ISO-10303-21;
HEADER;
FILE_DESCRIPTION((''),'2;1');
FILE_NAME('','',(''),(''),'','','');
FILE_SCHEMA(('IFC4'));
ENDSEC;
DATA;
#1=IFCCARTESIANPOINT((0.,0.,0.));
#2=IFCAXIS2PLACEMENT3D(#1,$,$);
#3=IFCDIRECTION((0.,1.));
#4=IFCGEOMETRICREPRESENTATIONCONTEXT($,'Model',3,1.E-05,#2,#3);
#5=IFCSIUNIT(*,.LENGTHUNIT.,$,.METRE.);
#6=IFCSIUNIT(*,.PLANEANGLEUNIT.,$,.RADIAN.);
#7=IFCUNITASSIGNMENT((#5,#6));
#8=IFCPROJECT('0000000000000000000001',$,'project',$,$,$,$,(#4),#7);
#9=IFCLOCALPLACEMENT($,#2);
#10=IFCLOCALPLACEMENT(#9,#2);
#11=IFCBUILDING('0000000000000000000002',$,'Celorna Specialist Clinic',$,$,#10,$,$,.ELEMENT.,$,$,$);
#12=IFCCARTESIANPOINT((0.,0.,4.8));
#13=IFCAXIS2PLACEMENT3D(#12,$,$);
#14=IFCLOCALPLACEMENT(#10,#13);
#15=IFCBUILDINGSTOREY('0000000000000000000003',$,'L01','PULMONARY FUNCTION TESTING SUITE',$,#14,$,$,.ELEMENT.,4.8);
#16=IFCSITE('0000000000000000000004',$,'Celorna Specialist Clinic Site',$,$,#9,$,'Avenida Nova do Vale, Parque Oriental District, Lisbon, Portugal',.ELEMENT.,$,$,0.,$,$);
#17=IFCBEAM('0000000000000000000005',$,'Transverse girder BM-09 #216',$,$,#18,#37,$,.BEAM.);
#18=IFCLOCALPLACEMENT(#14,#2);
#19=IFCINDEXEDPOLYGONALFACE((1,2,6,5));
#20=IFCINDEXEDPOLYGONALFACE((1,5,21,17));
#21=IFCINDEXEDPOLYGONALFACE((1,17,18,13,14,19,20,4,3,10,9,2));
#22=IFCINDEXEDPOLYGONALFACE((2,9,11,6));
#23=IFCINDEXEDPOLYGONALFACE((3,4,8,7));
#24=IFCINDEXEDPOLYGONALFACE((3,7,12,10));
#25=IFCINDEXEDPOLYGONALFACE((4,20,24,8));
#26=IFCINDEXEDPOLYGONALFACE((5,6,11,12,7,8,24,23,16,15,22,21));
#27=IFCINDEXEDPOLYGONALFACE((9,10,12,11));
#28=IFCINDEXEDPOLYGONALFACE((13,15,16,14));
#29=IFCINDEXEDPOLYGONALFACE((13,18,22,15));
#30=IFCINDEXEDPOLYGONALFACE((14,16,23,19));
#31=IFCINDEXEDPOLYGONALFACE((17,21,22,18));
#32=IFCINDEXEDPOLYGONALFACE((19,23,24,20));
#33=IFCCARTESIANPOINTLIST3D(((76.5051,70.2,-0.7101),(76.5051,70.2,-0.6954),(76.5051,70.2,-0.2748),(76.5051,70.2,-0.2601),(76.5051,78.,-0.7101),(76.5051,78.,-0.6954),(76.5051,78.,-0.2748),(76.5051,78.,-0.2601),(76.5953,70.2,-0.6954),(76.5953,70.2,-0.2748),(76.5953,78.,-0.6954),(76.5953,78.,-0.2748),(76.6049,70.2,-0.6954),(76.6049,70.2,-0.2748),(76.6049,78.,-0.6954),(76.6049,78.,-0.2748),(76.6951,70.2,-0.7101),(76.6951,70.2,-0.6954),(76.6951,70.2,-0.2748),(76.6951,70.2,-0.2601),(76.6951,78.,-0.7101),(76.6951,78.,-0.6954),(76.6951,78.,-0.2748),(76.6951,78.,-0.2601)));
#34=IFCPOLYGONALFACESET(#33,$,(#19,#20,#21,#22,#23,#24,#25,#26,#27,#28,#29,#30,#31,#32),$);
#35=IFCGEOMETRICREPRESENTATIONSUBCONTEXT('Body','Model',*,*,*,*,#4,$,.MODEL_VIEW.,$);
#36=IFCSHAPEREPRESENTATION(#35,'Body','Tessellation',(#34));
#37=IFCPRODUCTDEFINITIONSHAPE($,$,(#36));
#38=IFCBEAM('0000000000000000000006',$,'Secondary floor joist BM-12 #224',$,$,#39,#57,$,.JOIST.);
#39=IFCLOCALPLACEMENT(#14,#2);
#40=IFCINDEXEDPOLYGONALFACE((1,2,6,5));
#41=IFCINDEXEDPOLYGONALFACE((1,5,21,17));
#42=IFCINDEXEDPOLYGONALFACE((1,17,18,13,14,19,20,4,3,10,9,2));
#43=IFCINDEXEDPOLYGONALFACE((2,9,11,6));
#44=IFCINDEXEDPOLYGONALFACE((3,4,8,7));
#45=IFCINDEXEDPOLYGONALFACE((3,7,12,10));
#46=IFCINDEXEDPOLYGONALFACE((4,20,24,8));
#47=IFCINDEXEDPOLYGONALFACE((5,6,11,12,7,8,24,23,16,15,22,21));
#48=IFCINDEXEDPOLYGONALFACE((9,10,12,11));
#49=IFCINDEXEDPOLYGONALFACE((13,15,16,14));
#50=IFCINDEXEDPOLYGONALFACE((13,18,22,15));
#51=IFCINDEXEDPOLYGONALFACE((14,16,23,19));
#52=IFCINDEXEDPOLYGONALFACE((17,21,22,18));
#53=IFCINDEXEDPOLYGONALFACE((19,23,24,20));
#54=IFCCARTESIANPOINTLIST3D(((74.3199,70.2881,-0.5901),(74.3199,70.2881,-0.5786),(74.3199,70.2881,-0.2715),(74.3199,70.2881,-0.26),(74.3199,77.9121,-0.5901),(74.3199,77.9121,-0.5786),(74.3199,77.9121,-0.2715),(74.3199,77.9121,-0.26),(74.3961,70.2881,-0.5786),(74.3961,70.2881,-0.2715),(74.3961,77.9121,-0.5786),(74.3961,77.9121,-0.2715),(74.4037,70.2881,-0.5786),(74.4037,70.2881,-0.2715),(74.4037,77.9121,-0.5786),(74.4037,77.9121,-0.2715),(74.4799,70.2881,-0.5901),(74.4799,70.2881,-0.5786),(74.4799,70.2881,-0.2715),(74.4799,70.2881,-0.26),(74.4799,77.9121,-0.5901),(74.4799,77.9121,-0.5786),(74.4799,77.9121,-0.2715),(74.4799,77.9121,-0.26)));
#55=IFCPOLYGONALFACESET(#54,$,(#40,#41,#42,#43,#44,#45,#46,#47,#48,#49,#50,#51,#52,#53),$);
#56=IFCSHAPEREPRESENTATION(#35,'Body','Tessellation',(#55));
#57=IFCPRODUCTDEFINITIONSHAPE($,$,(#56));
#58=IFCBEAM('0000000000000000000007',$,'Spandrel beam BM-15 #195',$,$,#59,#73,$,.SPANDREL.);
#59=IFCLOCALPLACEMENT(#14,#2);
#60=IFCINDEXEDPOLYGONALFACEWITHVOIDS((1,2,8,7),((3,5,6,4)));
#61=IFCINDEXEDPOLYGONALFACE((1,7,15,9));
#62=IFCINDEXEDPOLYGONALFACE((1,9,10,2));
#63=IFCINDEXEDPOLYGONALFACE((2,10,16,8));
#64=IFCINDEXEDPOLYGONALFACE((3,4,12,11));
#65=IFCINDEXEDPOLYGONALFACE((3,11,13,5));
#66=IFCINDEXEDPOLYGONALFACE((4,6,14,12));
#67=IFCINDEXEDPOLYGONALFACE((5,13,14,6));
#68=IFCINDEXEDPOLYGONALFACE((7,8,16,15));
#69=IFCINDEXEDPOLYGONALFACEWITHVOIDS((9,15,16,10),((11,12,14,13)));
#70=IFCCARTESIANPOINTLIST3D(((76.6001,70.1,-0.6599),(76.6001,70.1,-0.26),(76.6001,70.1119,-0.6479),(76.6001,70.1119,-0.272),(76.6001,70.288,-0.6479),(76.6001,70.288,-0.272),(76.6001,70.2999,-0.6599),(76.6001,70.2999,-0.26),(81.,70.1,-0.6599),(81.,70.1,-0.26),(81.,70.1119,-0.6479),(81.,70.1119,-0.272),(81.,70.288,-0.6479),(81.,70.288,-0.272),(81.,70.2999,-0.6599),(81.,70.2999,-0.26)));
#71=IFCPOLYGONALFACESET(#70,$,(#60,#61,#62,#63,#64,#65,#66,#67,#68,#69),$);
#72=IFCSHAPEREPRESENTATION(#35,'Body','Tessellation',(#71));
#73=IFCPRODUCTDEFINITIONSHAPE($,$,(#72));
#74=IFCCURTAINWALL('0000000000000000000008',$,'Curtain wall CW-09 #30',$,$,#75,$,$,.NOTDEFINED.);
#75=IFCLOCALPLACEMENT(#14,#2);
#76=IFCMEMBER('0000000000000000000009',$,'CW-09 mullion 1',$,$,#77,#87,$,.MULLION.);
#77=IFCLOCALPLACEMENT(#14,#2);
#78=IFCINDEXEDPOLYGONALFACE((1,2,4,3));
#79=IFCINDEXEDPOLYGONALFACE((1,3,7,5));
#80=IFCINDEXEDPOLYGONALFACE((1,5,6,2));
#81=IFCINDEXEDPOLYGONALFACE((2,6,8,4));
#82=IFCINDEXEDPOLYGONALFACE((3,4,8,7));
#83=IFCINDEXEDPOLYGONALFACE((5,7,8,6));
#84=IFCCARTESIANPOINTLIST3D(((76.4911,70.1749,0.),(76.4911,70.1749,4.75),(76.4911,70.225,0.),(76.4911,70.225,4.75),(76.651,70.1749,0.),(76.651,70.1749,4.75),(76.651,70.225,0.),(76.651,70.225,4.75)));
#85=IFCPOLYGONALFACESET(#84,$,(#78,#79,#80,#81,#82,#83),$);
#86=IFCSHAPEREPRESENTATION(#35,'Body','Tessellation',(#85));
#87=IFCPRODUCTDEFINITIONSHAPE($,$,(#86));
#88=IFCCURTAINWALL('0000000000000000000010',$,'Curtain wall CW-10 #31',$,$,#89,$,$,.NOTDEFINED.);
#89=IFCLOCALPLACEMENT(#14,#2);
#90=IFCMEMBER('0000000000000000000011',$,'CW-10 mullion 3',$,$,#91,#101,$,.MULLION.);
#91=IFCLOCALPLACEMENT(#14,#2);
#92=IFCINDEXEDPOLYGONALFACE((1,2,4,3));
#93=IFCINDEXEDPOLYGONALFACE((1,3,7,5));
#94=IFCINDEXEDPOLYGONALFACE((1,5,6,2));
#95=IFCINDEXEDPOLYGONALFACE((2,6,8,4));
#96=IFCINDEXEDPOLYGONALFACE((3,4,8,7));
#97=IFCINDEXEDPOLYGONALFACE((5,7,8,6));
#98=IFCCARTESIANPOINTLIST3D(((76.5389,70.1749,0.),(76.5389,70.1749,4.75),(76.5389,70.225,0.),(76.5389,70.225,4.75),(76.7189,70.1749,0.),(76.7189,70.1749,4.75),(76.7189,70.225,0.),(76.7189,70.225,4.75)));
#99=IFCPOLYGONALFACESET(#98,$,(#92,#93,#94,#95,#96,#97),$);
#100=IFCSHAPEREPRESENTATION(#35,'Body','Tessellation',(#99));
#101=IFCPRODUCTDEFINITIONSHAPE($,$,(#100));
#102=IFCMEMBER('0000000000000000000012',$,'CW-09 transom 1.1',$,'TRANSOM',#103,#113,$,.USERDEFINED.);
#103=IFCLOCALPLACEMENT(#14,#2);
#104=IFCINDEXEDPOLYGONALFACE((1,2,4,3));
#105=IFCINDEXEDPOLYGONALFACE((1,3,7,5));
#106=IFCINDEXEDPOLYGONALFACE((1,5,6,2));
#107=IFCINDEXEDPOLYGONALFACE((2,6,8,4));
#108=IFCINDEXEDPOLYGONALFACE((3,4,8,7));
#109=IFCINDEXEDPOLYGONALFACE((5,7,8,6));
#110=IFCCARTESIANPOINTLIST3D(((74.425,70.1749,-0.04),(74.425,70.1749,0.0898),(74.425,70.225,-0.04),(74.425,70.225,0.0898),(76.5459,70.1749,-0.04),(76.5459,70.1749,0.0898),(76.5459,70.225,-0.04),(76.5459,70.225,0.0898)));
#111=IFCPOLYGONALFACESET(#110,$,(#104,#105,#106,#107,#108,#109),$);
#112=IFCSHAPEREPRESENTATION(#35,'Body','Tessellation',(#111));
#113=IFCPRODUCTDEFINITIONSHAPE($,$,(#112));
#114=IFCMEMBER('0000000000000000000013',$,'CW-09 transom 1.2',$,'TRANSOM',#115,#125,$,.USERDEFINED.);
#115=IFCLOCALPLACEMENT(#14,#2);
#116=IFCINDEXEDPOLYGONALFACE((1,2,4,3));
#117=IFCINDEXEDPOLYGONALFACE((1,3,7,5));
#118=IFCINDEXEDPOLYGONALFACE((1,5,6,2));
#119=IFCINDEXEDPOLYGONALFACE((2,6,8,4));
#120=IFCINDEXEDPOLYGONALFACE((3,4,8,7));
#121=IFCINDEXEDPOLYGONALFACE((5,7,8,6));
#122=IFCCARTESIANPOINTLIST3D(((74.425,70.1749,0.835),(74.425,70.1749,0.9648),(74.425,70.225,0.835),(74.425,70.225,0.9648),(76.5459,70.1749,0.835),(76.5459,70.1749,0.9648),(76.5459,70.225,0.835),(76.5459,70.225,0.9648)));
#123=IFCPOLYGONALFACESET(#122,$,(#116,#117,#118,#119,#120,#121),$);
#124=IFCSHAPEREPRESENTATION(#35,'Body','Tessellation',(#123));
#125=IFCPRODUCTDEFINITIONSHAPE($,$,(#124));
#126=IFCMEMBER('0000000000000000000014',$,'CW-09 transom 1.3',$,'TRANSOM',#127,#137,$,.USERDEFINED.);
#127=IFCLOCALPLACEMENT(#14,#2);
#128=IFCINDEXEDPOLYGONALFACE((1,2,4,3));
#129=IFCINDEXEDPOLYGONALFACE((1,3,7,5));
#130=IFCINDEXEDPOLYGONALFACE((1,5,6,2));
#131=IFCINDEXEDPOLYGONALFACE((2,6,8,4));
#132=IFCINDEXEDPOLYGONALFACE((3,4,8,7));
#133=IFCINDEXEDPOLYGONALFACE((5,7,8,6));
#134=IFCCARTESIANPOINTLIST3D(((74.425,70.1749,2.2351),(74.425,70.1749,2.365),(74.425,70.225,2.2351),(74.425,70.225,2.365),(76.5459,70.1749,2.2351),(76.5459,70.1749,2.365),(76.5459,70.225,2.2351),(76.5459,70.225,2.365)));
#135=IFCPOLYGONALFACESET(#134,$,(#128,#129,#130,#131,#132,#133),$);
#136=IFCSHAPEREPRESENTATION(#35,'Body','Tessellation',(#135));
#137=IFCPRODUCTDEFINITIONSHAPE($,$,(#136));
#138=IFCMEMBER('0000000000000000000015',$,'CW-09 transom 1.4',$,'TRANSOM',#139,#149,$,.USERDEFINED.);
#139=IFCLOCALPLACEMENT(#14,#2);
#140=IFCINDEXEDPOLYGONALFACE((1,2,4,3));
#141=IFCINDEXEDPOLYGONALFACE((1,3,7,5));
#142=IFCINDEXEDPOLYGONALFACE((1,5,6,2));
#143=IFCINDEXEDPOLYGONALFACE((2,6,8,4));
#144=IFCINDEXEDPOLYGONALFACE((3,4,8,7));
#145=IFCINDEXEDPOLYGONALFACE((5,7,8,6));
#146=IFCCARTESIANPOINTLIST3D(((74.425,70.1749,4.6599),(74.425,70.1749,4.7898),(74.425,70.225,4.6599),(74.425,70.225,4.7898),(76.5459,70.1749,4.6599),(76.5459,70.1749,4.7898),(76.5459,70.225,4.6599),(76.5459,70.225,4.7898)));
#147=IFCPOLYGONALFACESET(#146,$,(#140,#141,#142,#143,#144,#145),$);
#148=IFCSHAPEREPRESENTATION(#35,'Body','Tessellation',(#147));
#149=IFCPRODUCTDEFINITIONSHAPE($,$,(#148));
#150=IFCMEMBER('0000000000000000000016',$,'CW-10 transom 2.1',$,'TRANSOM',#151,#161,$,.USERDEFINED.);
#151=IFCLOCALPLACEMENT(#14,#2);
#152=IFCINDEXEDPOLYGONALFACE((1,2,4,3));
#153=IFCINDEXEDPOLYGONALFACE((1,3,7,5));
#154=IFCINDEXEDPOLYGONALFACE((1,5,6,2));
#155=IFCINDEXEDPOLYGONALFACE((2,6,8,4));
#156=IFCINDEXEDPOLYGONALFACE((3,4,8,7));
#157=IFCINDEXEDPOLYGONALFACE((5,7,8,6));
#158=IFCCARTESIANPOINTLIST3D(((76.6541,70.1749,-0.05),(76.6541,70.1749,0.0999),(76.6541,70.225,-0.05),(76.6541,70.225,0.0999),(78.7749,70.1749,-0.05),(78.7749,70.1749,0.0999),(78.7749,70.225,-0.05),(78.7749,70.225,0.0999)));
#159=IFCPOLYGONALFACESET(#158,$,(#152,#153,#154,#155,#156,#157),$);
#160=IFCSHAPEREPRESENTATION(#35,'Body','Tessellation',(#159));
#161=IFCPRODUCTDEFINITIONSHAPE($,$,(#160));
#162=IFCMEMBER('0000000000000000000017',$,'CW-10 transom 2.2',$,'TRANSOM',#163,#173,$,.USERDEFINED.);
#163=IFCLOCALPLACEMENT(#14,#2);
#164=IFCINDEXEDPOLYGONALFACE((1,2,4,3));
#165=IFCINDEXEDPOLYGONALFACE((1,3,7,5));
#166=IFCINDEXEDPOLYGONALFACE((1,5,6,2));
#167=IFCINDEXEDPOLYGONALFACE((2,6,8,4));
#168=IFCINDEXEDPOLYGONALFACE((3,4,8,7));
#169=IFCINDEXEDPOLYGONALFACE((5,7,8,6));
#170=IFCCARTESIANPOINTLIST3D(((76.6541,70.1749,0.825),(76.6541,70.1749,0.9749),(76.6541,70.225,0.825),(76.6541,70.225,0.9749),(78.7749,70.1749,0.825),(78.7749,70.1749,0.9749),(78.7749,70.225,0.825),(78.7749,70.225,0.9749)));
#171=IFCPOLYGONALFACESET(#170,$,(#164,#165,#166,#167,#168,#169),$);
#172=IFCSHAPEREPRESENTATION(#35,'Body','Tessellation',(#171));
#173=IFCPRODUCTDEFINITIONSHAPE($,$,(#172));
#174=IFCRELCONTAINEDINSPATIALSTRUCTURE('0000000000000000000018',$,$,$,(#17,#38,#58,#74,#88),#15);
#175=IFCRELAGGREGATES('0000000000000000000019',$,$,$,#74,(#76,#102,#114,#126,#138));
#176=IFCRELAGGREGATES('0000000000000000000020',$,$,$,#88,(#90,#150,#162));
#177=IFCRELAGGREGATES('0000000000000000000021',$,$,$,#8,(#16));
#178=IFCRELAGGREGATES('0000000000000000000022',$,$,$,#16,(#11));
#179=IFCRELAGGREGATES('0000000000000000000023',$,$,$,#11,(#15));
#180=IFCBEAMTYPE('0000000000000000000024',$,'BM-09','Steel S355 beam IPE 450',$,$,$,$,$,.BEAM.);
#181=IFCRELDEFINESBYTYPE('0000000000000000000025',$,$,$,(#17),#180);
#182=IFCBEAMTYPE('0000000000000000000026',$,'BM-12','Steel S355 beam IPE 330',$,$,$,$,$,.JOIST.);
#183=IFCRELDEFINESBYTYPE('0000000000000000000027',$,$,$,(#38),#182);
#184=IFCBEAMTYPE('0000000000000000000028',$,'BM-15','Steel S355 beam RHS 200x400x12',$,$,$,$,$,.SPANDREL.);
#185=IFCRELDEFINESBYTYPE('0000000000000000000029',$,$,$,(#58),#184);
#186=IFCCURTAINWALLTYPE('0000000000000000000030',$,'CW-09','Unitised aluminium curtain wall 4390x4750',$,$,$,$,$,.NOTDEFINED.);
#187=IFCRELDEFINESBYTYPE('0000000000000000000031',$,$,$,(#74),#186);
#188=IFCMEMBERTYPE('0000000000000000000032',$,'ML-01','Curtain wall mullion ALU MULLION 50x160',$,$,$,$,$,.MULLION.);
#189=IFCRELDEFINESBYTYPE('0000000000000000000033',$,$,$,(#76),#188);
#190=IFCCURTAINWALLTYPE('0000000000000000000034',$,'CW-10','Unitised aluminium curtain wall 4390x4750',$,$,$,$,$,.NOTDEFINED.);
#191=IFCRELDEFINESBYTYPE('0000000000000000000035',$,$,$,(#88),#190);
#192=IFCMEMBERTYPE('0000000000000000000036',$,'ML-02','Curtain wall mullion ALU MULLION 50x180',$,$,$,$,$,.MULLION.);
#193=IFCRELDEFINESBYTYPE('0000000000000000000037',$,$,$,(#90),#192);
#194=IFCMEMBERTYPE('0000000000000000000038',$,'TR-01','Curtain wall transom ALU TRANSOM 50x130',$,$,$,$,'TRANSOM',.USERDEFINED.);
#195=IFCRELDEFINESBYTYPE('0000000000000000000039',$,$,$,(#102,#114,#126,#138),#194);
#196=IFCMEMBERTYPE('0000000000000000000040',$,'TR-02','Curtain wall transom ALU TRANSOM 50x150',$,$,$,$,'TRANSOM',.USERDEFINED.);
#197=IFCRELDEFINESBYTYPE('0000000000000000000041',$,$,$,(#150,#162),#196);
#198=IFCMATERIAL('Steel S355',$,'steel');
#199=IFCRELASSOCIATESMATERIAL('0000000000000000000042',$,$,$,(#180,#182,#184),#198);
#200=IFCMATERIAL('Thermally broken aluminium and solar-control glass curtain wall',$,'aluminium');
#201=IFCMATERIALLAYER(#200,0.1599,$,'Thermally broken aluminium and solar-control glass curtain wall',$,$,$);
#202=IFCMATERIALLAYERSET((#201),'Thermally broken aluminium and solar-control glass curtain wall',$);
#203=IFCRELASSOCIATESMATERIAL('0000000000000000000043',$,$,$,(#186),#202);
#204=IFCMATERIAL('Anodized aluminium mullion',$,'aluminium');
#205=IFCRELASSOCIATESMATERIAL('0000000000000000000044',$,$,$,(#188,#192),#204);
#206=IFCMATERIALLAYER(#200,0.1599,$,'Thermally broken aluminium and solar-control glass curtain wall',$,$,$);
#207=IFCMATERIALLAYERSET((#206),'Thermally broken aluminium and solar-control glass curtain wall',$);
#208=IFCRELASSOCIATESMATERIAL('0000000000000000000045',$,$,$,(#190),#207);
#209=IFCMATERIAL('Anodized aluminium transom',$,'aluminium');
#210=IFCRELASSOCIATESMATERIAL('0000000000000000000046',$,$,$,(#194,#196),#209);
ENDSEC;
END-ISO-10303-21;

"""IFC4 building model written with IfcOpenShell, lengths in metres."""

from ifc_helpers import new_model, si_unit, direction, frame, origin, origin_2d, place, context, subcontext, project, spatial, rectangle, hollow_rectangle, i_section, extrude, material, layer, layer_set, material_profile, profile_set, type_object, element, aggregate, save


model = new_model("IFC4")

# Units and contexts
model_context = context("Model", 3, precision=1e-05, world=origin(), true_north=direction((0.0, 1.0)))
body_context = subcontext(model_context, "Body", "Model", "MODEL_VIEW")
ifc_project = project(units=[si_unit("LENGTHUNIT", "METRE"), si_unit("PLANEANGLEUNIT", "RADIAN")], contexts=[model_context])

# Site, building, storey
site_placement = place(None, origin())
site = spatial("IfcSite", under=ifc_project, at=site_placement, Name="Celorna Specialist Clinic Site", LongName="Avenida Nova do Vale, Parque Oriental District, Lisbon, Portugal", CompositionType="ELEMENT", RefElevation=0.0)
building_placement = place(site_placement, origin())
building = spatial("IfcBuilding", under=site, at=building_placement, Name="Celorna Specialist Clinic", CompositionType="ELEMENT")
storey_placement = place(building_placement, frame((0.0, 0.0, 4.8)))
storey = spatial("IfcBuildingStorey", under=building, at=storey_placement, Name="L01", Description="PULMONARY FUNCTION TESTING SUITE", CompositionType="ELEMENT", Elevation=4.8)

# Beams
ifc_material_1 = material(Name="Steel S355", Category="steel")
ifc_material_profile_1 = material_profile(ifc_material_1, i_section(OverallWidth=0.1899, OverallDepth=0.45, WebThickness=0.0095, FlangeThickness=0.0146, at=origin_2d()), Name="IPE 450")
ifc_profile_set_1 = profile_set([ifc_material_profile_1], Name="Steel S355")
beam_type_1 = type_object("IfcBeamType", Name="BM-09", Description="Steel S355 beam IPE 450", PredefinedType="BEAM", material=ifc_profile_set_1)
beam_1_placement = place(storey_placement, frame((76.6001, 70.2, -0.4851), z_axis=(0.0, 1.0, 0.0), x_axis=(-1.0, 0.0, 0.0)))
element("IfcBeam", 1, at=beam_1_placement, inside=storey, type_object=beam_type_1, Name="Transverse girder BM-09 #216", PredefinedType="BEAM", context=body_context, shape_type="SweptSolid", body=[
    extrude(i_section(OverallWidth=0.1899, OverallDepth=0.45, WebThickness=0.0095, FlangeThickness=0.0146, at=origin_2d()), origin(), (0.0, 0.0, 1.0), 7.8),
])
ifc_material_profile_2 = material_profile(ifc_material_1, i_section(OverallWidth=0.1599, OverallDepth=0.3301, WebThickness=0.0076, FlangeThickness=0.0115, at=origin_2d()), Name="IPE 330")
ifc_profile_set_2 = profile_set([ifc_material_profile_2], Name="Steel S355")
beam_type_2 = type_object("IfcBeamType", Name="BM-12", Description="Steel S355 beam IPE 330", PredefinedType="JOIST", material=ifc_profile_set_2)
beam_2_placement = place(storey_placement, frame((74.3999, 70.2881, -0.425), z_axis=(0.0, 1.0, 0.0), x_axis=(-1.0, 0.0, 0.0)))
element("IfcBeam", 2, at=beam_2_placement, inside=storey, type_object=beam_type_2, Name="Secondary floor joist BM-12 #224", PredefinedType="JOIST", context=body_context, shape_type="SweptSolid", body=[
    extrude(i_section(OverallWidth=0.1599, OverallDepth=0.3301, WebThickness=0.0076, FlangeThickness=0.0115, at=origin_2d()), origin(), (0.0, 0.0, 1.0), 7.624),
])
ifc_material_profile_3 = material_profile(ifc_material_1, hollow_rectangle(XDim=0.2, YDim=0.3999, WallThickness=0.012, at=origin_2d()), Name="RHS 200x400x12")
ifc_profile_set_3 = profile_set([ifc_material_profile_3], Name="Steel S355")
beam_type_3 = type_object("IfcBeamType", Name="BM-15", Description="Steel S355 beam RHS 200x400x12", PredefinedType="SPANDREL", material=ifc_profile_set_3)
beam_3_placement = place(storey_placement, frame((76.6001, 70.2, -0.46), z_axis=(1.0, 0.0, 0.0), x_axis=(0.0, 1.0, 0.0)))
element("IfcBeam", 3, at=beam_3_placement, inside=storey, type_object=beam_type_3, Name="Spandrel beam BM-15 #195", PredefinedType="SPANDREL", context=body_context, shape_type="SweptSolid", body=[
    extrude(hollow_rectangle(XDim=0.2, YDim=0.3999, WallThickness=0.012, at=origin_2d()), origin(), (0.0, 0.0, 1.0), 4.3999),
])

# Curtain walls, members
ifc_material_2 = material(Name="Thermally broken aluminium and solar-control glass curtain wall", Category="aluminium")
ifc_layer_1 = layer(ifc_material_2, 0.1599, Name="Thermally broken aluminium and solar-control glass curtain wall")
ifc_layer_set_1 = layer_set([ifc_layer_1], Name="Thermally broken aluminium and solar-control glass curtain wall")
curtain_wall_type_1 = type_object("IfcCurtainWallType", Name="CW-09", Description="Unitised aluminium curtain wall 4390x4750", PredefinedType="NOTDEFINED", material=ifc_layer_set_1)
curtain_wall_1_placement = place(storey_placement, origin())
curtain_wall_1 = element("IfcCurtainWall", 4, at=curtain_wall_1_placement, inside=storey, type_object=curtain_wall_type_1, Name="Curtain wall CW-09 #30", PredefinedType="NOTDEFINED")
ifc_material_3 = material(Name="Anodized aluminium mullion", Category="aluminium")
ifc_material_profile_4 = material_profile(ifc_material_3, rectangle(XDim=0.05, YDim=0.1599, at=origin_2d()), Name="ALU MULLION 50x160")
ifc_profile_set_4 = profile_set([ifc_material_profile_4], Name="Anodized aluminium mullion")
member_type_1 = type_object("IfcMemberType", Name="ML-01", Description="Curtain wall mullion ALU MULLION 50x160", PredefinedType="MULLION", material=ifc_profile_set_4)
member_1_placement = place(storey_placement, frame((76.571, 70.2, 0.0), z_axis=(0.0, 0.0, 1.0), x_axis=(0.0, -1.0, 0.0)))
member_1 = element("IfcMember", 5, at=member_1_placement, type_object=member_type_1, Name="CW-09 mullion 1", PredefinedType="MULLION", context=body_context, shape_type="SweptSolid", body=[
    extrude(rectangle(XDim=0.05, YDim=0.1599, at=origin_2d()), origin(), (0.0, 0.0, 1.0), 4.75),
])
ifc_layer_2 = layer(ifc_material_2, 0.1599, Name="Thermally broken aluminium and solar-control glass curtain wall")
ifc_layer_set_2 = layer_set([ifc_layer_2], Name="Thermally broken aluminium and solar-control glass curtain wall")
curtain_wall_type_2 = type_object("IfcCurtainWallType", Name="CW-10", Description="Unitised aluminium curtain wall 4390x4750", PredefinedType="NOTDEFINED", material=ifc_layer_set_2)
curtain_wall_2_placement = place(storey_placement, origin())
curtain_wall_2 = element("IfcCurtainWall", 6, at=curtain_wall_2_placement, inside=storey, type_object=curtain_wall_type_2, Name="Curtain wall CW-10 #31", PredefinedType="NOTDEFINED")
ifc_material_profile_5 = material_profile(ifc_material_3, rectangle(XDim=0.05, YDim=0.1799, at=origin_2d()), Name="ALU MULLION 50x180")
ifc_profile_set_5 = profile_set([ifc_material_profile_5], Name="Anodized aluminium mullion")
member_type_2 = type_object("IfcMemberType", Name="ML-02", Description="Curtain wall mullion ALU MULLION 50x180", PredefinedType="MULLION", material=ifc_profile_set_5)
member_2_placement = place(storey_placement, frame((76.6289, 70.2, 0.0), z_axis=(0.0, 0.0, 1.0), x_axis=(0.0, -1.0, 0.0)))
member_2 = element("IfcMember", 7, at=member_2_placement, type_object=member_type_2, Name="CW-10 mullion 3", PredefinedType="MULLION", context=body_context, shape_type="SweptSolid", body=[
    extrude(rectangle(XDim=0.05, YDim=0.1799, at=origin_2d()), origin(), (0.0, 0.0, 1.0), 4.75),
])

# Members
ifc_material_4 = material(Name="Anodized aluminium transom", Category="aluminium")
ifc_material_profile_6 = material_profile(ifc_material_4, rectangle(XDim=0.05, YDim=0.1299, at=origin_2d()), Name="ALU TRANSOM 50x130")
ifc_profile_set_6 = profile_set([ifc_material_profile_6], Name="Anodized aluminium transom")
member_type_3 = type_object("IfcMemberType", Name="TR-01", Description="Curtain wall transom ALU TRANSOM 50x130", ElementType="TRANSOM", PredefinedType="USERDEFINED", material=ifc_profile_set_6)
member_3_placement = place(storey_placement, frame((76.5459, 70.2, 0.0249), z_axis=(-1.0, 0.0, 0.0), x_axis=(0.0, -1.0, 0.0)))
member_3 = element("IfcMember", 8, at=member_3_placement, type_object=member_type_3, Name="CW-09 transom 1.1", ObjectType="TRANSOM", PredefinedType="USERDEFINED", context=body_context, shape_type="SweptSolid", body=[
    extrude(rectangle(XDim=0.05, YDim=0.1299, at=origin_2d()), origin(), (0.0, 0.0, 1.0), 2.1208),
])
member_4_placement = place(storey_placement, frame((76.5459, 70.2, 0.8999), z_axis=(-1.0, 0.0, 0.0), x_axis=(0.0, -1.0, 0.0)))
member_4 = element("IfcMember", 9, at=member_4_placement, type_object=member_type_3, Name="CW-09 transom 1.2", ObjectType="TRANSOM", PredefinedType="USERDEFINED", context=body_context, shape_type="SweptSolid", body=[
    extrude(rectangle(XDim=0.05, YDim=0.1299, at=origin_2d()), origin(), (0.0, 0.0, 1.0), 2.1208),
])
member_5_placement = place(storey_placement, frame((76.5459, 70.2, 2.3), z_axis=(-1.0, 0.0, 0.0), x_axis=(0.0, -1.0, 0.0)))
member_5 = element("IfcMember", 10, at=member_5_placement, type_object=member_type_3, Name="CW-09 transom 1.3", ObjectType="TRANSOM", PredefinedType="USERDEFINED", context=body_context, shape_type="SweptSolid", body=[
    extrude(rectangle(XDim=0.05, YDim=0.1299, at=origin_2d()), origin(), (0.0, 0.0, 1.0), 2.1208),
])
member_6_placement = place(storey_placement, frame((76.5459, 70.2, 4.7249), z_axis=(-1.0, 0.0, 0.0), x_axis=(0.0, -1.0, 0.0)))
member_6 = element("IfcMember", 11, at=member_6_placement, type_object=member_type_3, Name="CW-09 transom 1.4", ObjectType="TRANSOM", PredefinedType="USERDEFINED", context=body_context, shape_type="SweptSolid", body=[
    extrude(rectangle(XDim=0.05, YDim=0.1299, at=origin_2d()), origin(), (0.0, 0.0, 1.0), 2.1208),
])
ifc_material_profile_7 = material_profile(ifc_material_4, rectangle(XDim=0.05, YDim=0.1499, at=origin_2d()), Name="ALU TRANSOM 50x150")
ifc_profile_set_7 = profile_set([ifc_material_profile_7], Name="Anodized aluminium transom")
member_type_4 = type_object("IfcMemberType", Name="TR-02", Description="Curtain wall transom ALU TRANSOM 50x150", ElementType="TRANSOM", PredefinedType="USERDEFINED", material=ifc_profile_set_7)
member_7_placement = place(storey_placement, frame((78.7749, 70.2, 0.0249), z_axis=(-1.0, 0.0, 0.0), x_axis=(0.0, -1.0, 0.0)))
member_7 = element("IfcMember", 12, at=member_7_placement, type_object=member_type_4, Name="CW-10 transom 2.1", ObjectType="TRANSOM", PredefinedType="USERDEFINED", context=body_context, shape_type="SweptSolid", body=[
    extrude(rectangle(XDim=0.05, YDim=0.1499, at=origin_2d()), origin(), (0.0, 0.0, 1.0), 2.1208),
])
member_8_placement = place(storey_placement, frame((78.7749, 70.2, 0.8999), z_axis=(-1.0, 0.0, 0.0), x_axis=(0.0, -1.0, 0.0)))
member_8 = element("IfcMember", 13, at=member_8_placement, type_object=member_type_4, Name="CW-10 transom 2.2", ObjectType="TRANSOM", PredefinedType="USERDEFINED", context=body_context, shape_type="SweptSolid", body=[
    extrude(rectangle(XDim=0.05, YDim=0.1499, at=origin_2d()), origin(), (0.0, 0.0, 1.0), 2.1208),
])

aggregate(curtain_wall_1, [member_1, member_3, member_4, member_5, member_6])
aggregate(curtain_wall_2, [member_2, member_7, member_8])

save(model, "model.ifc")
